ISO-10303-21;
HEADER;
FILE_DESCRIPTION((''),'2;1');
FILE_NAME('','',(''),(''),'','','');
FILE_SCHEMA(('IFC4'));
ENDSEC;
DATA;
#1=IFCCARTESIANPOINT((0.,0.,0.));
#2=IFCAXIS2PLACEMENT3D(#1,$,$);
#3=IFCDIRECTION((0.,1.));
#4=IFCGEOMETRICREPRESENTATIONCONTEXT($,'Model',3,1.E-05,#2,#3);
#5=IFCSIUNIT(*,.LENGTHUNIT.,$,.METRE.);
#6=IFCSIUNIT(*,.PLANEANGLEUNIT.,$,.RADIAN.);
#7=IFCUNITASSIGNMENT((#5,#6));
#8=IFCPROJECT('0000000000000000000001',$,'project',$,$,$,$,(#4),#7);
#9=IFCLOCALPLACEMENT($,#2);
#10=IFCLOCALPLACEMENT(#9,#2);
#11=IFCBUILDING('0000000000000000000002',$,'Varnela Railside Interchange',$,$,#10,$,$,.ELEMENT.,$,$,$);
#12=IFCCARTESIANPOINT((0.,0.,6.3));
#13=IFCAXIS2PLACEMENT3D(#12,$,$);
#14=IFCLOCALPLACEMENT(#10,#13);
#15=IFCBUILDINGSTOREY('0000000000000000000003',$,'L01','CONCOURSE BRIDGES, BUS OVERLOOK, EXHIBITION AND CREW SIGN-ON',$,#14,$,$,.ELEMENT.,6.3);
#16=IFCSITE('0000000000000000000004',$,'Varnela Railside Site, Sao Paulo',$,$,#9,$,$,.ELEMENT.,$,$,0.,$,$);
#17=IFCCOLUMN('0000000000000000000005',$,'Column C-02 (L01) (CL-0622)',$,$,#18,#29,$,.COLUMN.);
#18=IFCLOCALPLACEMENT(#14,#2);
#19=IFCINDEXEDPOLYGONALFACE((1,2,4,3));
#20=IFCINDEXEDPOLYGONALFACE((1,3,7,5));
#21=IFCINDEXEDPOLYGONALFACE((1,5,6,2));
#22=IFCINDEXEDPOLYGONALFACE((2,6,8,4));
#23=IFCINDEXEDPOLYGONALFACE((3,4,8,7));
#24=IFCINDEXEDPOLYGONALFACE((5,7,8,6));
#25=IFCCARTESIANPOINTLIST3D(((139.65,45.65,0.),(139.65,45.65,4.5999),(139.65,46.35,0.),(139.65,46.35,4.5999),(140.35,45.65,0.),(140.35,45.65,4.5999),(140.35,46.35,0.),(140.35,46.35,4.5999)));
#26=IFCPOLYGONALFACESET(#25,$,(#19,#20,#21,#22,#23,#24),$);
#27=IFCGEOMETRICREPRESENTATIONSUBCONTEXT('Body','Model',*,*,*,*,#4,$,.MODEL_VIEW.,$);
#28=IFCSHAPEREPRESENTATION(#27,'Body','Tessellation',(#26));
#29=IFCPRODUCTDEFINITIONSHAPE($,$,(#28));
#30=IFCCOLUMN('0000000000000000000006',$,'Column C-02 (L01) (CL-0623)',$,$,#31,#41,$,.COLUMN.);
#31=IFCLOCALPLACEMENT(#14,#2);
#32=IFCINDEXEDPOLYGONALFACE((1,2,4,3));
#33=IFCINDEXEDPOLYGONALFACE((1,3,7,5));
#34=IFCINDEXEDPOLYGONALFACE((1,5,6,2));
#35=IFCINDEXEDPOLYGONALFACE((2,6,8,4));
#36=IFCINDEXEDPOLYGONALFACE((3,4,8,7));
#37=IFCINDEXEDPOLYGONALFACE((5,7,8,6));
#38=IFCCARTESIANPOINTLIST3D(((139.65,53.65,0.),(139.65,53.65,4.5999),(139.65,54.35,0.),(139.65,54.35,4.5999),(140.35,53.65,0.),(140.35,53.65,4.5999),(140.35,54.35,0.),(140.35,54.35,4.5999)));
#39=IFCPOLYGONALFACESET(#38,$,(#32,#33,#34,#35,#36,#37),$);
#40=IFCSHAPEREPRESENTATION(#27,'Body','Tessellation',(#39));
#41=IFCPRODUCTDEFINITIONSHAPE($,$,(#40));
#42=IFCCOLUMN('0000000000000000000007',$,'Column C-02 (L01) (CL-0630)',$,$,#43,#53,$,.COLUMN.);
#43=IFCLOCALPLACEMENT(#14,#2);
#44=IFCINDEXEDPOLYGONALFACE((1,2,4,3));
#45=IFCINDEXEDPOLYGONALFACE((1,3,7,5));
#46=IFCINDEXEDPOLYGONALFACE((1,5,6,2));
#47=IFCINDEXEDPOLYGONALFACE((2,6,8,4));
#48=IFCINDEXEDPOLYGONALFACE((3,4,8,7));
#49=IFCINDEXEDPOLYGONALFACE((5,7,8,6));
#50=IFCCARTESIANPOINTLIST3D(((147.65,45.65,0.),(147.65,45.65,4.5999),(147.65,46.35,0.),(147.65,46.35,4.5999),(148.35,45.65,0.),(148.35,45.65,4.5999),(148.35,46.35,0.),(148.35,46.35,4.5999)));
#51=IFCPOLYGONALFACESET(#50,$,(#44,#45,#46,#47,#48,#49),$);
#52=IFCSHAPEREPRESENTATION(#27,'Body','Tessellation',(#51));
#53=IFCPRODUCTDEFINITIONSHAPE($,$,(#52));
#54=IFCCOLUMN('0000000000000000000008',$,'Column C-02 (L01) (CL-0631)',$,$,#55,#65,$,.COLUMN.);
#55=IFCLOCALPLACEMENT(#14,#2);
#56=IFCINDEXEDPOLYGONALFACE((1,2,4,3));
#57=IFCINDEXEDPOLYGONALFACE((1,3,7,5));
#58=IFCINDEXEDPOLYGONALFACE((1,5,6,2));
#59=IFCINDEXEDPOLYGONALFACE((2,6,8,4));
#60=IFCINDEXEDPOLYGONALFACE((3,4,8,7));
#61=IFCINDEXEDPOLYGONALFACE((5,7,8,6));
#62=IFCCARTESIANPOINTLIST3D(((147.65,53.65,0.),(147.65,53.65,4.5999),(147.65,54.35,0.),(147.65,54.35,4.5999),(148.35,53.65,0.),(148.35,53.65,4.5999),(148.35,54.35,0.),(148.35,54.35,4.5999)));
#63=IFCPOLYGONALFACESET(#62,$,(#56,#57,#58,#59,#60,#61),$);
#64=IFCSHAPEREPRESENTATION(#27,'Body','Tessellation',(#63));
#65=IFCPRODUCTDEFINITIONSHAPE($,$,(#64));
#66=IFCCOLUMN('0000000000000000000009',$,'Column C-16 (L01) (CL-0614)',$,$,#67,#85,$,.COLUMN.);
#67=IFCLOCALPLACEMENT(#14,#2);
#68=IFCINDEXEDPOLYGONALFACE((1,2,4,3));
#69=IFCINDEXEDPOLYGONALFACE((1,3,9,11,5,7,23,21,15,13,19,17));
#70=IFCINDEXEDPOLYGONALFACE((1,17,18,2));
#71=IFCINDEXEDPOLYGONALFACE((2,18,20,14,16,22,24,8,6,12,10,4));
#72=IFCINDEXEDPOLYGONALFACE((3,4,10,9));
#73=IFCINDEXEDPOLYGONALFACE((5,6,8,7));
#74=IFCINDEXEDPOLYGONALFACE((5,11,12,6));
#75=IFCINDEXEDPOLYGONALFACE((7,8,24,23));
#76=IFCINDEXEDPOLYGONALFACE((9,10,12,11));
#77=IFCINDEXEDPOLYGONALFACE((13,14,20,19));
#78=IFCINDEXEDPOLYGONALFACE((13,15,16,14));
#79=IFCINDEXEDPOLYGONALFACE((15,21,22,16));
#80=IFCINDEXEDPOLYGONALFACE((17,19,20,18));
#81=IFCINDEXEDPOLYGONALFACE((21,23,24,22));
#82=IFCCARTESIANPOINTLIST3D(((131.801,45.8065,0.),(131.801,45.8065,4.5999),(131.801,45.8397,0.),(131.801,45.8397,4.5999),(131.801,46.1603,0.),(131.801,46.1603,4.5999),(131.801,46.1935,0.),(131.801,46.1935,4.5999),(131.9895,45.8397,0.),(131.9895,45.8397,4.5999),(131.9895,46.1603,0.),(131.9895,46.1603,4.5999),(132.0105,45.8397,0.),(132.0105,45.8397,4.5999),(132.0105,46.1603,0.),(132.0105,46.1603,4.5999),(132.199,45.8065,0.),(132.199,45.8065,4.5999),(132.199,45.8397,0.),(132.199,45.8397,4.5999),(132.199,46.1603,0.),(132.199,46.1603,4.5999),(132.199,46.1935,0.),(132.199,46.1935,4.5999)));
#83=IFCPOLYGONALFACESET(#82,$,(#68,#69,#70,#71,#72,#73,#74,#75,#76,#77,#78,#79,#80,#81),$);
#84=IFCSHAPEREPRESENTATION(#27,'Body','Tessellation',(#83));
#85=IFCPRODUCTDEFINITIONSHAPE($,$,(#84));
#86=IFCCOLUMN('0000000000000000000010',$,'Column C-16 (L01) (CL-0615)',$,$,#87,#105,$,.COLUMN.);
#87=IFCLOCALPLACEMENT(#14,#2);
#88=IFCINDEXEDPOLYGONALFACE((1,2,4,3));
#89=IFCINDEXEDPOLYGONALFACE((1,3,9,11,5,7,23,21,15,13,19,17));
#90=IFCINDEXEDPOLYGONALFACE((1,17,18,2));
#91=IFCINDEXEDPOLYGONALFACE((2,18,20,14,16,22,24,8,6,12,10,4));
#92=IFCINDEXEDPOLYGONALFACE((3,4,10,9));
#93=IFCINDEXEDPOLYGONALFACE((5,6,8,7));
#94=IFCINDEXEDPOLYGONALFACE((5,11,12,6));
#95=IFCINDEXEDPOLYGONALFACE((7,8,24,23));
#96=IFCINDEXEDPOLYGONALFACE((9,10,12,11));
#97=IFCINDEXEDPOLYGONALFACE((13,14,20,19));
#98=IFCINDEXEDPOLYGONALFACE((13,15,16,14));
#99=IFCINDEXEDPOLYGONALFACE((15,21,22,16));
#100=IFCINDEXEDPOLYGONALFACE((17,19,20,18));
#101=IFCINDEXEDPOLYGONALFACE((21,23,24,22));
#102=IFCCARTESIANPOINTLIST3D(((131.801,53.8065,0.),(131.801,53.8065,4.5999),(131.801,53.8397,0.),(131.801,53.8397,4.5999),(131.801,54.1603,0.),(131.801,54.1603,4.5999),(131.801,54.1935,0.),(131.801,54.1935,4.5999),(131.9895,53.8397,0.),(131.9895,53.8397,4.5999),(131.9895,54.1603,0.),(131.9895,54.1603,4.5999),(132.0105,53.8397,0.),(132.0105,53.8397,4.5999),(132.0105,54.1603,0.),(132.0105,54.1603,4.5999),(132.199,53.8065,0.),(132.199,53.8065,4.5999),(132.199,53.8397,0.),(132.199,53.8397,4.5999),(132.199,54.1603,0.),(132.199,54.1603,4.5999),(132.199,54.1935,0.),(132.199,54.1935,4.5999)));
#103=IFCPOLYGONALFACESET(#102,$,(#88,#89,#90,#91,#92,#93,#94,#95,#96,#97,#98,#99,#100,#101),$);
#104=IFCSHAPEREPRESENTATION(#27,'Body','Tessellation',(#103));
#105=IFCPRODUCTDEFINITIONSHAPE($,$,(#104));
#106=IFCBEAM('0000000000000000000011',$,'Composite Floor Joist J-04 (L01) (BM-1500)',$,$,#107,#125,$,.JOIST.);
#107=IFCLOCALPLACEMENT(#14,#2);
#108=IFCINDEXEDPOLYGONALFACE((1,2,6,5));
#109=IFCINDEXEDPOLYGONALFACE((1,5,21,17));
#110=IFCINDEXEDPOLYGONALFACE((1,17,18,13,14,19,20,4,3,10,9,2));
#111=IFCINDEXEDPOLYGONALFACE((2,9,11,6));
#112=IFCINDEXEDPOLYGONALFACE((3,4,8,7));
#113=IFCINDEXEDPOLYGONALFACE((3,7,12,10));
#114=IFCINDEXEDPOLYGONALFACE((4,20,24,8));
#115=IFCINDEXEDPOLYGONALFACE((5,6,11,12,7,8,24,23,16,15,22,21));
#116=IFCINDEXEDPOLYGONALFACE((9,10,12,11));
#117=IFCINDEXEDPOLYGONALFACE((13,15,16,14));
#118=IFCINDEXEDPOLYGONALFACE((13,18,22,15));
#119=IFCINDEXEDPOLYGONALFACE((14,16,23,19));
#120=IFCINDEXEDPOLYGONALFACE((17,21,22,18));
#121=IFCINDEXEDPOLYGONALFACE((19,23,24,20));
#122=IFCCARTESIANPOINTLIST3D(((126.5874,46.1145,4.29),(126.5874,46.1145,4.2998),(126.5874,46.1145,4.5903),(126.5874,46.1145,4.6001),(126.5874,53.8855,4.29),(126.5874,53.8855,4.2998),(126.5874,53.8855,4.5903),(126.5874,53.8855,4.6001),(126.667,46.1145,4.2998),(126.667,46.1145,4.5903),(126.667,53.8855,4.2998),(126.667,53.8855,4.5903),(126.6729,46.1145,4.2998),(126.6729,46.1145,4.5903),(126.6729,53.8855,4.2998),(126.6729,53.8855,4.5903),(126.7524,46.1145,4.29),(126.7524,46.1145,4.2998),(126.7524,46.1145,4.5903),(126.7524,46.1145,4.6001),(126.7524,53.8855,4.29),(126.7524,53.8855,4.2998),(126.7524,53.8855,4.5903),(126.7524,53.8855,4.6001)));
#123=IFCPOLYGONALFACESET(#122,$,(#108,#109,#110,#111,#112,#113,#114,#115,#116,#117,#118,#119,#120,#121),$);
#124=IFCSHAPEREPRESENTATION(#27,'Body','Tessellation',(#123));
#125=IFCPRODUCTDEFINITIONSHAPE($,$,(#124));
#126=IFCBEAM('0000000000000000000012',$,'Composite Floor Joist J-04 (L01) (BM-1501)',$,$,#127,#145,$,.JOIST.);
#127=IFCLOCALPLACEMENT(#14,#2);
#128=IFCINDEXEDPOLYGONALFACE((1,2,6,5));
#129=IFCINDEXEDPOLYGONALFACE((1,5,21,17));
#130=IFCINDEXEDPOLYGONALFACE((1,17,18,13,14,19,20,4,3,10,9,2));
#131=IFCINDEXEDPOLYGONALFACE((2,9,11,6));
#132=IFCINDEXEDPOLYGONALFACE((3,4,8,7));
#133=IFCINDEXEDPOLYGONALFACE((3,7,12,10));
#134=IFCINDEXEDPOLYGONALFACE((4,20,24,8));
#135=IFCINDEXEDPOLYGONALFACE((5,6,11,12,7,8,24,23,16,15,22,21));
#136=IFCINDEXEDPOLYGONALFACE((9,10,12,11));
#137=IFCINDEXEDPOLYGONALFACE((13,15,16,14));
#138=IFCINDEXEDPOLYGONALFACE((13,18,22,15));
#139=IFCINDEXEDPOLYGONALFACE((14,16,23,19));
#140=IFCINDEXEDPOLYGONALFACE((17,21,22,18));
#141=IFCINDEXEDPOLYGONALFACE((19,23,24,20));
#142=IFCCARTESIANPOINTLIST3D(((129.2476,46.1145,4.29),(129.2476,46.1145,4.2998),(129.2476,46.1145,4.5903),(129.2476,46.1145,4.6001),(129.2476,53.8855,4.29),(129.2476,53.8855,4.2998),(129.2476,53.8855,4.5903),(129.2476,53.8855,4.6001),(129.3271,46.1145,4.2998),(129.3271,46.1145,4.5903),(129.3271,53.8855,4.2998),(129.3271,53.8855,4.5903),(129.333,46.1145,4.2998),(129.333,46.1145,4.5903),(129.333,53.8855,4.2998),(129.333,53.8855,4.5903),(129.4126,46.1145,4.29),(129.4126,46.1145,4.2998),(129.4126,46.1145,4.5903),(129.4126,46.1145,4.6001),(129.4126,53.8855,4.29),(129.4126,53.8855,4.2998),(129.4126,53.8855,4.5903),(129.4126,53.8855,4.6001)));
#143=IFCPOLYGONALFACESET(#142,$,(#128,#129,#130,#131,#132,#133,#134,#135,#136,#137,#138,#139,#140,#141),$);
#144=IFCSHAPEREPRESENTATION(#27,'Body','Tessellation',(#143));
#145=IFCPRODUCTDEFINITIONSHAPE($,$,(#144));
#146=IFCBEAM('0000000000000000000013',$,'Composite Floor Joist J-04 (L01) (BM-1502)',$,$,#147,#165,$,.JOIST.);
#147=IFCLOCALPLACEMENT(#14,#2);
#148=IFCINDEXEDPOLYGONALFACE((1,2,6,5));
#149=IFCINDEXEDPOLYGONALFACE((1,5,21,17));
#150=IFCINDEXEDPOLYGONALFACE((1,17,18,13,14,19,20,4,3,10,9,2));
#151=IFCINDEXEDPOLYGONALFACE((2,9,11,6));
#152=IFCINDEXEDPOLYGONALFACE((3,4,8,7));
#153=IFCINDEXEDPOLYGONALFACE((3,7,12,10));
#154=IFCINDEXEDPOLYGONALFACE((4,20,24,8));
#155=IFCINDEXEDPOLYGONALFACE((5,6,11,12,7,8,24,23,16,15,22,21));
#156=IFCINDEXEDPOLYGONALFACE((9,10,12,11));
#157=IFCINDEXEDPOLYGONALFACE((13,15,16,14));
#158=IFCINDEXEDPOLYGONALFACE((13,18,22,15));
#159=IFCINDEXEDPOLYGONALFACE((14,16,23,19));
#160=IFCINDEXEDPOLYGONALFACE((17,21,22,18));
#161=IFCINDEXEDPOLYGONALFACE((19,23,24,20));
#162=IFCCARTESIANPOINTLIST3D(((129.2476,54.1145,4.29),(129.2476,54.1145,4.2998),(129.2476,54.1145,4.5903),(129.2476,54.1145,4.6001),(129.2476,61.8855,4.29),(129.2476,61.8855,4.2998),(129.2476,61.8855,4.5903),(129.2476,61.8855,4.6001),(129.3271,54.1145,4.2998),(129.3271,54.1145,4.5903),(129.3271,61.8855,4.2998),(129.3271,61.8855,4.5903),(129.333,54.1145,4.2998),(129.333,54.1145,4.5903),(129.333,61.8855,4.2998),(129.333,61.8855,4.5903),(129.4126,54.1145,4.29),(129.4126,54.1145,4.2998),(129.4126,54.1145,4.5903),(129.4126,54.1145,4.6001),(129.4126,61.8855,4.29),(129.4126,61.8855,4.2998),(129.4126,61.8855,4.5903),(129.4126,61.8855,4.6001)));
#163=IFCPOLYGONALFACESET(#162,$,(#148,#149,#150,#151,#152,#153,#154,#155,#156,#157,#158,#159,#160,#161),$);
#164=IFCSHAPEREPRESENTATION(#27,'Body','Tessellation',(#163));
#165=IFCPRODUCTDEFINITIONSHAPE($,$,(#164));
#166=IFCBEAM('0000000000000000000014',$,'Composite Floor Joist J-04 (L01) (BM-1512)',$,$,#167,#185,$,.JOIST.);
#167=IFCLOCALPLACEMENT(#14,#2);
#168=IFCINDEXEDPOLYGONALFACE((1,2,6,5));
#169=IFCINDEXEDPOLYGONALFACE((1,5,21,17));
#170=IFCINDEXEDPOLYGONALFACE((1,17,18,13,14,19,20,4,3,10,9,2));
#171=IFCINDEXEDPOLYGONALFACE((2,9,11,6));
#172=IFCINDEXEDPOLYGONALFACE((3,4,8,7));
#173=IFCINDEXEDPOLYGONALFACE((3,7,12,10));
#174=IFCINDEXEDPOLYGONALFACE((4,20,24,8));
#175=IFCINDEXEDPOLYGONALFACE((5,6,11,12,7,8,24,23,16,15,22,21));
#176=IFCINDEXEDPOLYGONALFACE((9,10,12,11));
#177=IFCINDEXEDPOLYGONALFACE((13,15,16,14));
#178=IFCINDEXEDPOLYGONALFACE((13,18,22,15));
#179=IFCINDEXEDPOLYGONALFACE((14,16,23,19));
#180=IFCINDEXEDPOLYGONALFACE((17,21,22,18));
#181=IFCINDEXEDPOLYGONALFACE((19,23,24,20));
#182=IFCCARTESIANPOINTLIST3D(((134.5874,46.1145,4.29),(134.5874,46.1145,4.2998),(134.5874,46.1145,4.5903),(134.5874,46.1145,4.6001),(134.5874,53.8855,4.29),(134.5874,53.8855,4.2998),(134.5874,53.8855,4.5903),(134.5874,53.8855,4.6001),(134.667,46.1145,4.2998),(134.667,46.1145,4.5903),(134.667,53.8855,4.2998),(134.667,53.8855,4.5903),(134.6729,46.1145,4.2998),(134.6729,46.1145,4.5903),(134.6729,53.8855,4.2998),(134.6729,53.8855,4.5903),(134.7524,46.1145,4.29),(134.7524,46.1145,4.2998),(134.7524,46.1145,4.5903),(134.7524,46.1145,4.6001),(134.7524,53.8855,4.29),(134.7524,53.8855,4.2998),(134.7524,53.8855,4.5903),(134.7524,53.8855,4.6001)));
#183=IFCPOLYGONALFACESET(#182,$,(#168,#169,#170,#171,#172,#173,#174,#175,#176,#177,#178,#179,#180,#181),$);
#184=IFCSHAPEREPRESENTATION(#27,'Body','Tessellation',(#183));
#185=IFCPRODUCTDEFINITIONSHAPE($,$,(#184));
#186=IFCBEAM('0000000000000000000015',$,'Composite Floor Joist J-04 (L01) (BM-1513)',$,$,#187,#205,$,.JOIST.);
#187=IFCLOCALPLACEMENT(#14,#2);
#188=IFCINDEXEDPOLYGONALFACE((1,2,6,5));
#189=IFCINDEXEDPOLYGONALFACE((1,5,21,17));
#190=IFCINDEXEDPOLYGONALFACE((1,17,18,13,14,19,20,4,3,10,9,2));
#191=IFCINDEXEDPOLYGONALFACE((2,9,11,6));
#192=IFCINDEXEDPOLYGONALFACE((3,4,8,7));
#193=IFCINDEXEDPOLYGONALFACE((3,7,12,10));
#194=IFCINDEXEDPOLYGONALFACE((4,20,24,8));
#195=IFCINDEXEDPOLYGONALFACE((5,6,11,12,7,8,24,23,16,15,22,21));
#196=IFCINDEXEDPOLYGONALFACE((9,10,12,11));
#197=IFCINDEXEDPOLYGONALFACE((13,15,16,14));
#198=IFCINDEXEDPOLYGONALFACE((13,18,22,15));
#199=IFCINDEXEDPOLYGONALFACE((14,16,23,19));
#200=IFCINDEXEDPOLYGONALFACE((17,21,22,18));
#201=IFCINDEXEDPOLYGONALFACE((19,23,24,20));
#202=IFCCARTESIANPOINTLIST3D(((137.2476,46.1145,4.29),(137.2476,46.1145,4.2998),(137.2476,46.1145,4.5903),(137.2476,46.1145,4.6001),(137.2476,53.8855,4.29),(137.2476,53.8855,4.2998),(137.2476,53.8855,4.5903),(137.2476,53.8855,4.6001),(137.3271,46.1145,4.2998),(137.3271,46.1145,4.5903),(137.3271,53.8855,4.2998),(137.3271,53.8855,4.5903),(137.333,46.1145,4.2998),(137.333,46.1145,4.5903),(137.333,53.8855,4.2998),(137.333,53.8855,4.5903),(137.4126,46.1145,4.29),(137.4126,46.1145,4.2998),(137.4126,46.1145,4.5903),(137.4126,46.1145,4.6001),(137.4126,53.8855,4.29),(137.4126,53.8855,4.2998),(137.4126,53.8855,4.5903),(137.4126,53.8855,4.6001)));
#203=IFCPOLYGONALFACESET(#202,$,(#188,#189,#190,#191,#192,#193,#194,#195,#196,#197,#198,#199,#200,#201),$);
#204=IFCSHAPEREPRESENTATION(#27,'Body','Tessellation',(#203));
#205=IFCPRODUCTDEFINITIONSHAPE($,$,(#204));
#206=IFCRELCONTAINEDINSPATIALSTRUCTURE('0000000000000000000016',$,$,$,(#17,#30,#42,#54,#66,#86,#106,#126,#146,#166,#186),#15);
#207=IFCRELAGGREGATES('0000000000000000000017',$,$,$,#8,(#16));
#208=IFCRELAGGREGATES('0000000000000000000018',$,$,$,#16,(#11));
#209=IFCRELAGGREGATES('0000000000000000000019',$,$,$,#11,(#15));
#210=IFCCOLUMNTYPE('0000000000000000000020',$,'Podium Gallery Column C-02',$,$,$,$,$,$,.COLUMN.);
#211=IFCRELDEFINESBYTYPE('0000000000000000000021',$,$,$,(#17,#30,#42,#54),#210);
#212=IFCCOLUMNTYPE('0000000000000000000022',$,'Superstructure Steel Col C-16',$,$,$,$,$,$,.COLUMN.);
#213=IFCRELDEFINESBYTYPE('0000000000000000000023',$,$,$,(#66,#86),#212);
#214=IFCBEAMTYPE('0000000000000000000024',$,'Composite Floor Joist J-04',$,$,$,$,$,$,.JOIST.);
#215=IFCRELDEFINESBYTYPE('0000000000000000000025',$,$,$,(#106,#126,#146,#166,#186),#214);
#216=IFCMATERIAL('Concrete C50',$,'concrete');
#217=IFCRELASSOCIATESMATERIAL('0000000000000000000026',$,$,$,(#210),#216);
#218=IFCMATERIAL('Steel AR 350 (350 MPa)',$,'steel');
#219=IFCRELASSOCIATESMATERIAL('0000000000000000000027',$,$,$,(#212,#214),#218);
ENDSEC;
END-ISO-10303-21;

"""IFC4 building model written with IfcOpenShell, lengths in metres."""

from ifc_helpers import new_model, si_unit, direction, frame, origin, origin_2d, place, context, subcontext, project, spatial, rectangle, i_section, extrude, material, material_profile, profile_set, type_object, element, save


model = new_model("IFC4")

# Units and contexts
model_context = context("Model", 3, precision=1e-05, world=origin(), true_north=direction((0.0, 1.0)))
body_context = subcontext(model_context, "Body", "Model", "MODEL_VIEW")
ifc_project = project(units=[si_unit("LENGTHUNIT", "METRE"), si_unit("PLANEANGLEUNIT", "RADIAN")], contexts=[model_context])

# Site, building, storey
site_placement = place(None, origin())
site = spatial("IfcSite", under=ifc_project, at=site_placement, Name="Varnela Railside Site, Sao Paulo", CompositionType="ELEMENT", RefElevation=0.0)
building_placement = place(site_placement, origin())
building = spatial("IfcBuilding", under=site, at=building_placement, Name="Varnela Railside Interchange", CompositionType="ELEMENT")
storey_placement = place(building_placement, frame((0.0, 0.0, 6.3)))
storey = spatial("IfcBuildingStorey", under=building, at=storey_placement, Name="L01", Description="CONCOURSE BRIDGES, BUS OVERLOOK, EXHIBITION AND CREW SIGN-ON", CompositionType="ELEMENT", Elevation=6.3)

# Columns
ifc_material_1 = material(Name="Concrete C50", Category="concrete")
ifc_material_profile_1 = material_profile(ifc_material_1, rectangle(XDim=0.7, YDim=0.7, at=origin_2d()), Name="RC 700x700")
ifc_profile_set_1 = profile_set([ifc_material_profile_1], Name="Concrete C50")
column_type_1 = type_object("IfcColumnType", Name="Podium Gallery Column C-02", PredefinedType="COLUMN", material=ifc_profile_set_1)
for number, where, z_axis, x_axis, name in (
    (1, (140.0, 46.0, 0.0), (0.0, 0.0, 1.0), (1.0, 0.0, 0.0), "Column C-02 (L01) (CL-0622)"),
    (2, (140.0, 54.0, 0.0), (0.0, 0.0, 1.0), (1.0, 0.0, 0.0), "Column C-02 (L01) (CL-0623)"),
    (3, (148.0, 46.0, 0.0), (0.0, 0.0, 1.0), (1.0, 0.0, 0.0), "Column C-02 (L01) (CL-0630)"),
    (4, (148.0, 54.0, 0.0), (0.0, 0.0, 1.0), (1.0, 0.0, 0.0), "Column C-02 (L01) (CL-0631)"),
):
    element("IfcColumn", number, at=place(storey_placement, frame(where, z_axis=z_axis, x_axis=x_axis)), inside=storey, type_object=column_type_1, Name=name, PredefinedType="COLUMN", context=body_context, shape_type="SweptSolid", body=[
        extrude(rectangle(XDim=0.7, YDim=0.7, at=origin_2d()), origin(), (0.0, 0.0, 1.0), 4.5999),
    ])
ifc_material_2 = material(Name="Steel AR 350 (350 MPa)", Category="steel")
ifc_material_profile_2 = material_profile(ifc_material_2, i_section(OverallWidth=0.3979, OverallDepth=0.387, WebThickness=0.021, FlangeThickness=0.0332, at=origin_2d()), Name="W360x262")
ifc_profile_set_2 = profile_set([ifc_material_profile_2], Name="Steel AR 350 (350 MPa)")
column_type_2 = type_object("IfcColumnType", Name="Superstructure Steel Col C-16", PredefinedType="COLUMN", material=ifc_profile_set_2)
for number, where, z_axis, x_axis, name in (
    (5, (132.0, 46.0, 0.0), (0.0, 0.0, 1.0), (1.0, 0.0, 0.0), "Column C-16 (L01) (CL-0614)"),
    (6, (132.0, 54.0, 0.0), (0.0, 0.0, 1.0), (1.0, 0.0, 0.0), "Column C-16 (L01) (CL-0615)"),
):
    element("IfcColumn", number, at=place(storey_placement, frame(where, z_axis=z_axis, x_axis=x_axis)), inside=storey, type_object=column_type_2, Name=name, PredefinedType="COLUMN", context=body_context, shape_type="SweptSolid", body=[
        extrude(i_section(OverallWidth=0.3979, OverallDepth=0.387, WebThickness=0.021, FlangeThickness=0.0332, at=origin_2d()), origin(), (0.0, 0.0, 1.0), 4.5999),
    ])

# Beams
ifc_material_profile_3 = material_profile(ifc_material_2, i_section(OverallWidth=0.165, OverallDepth=0.3101, WebThickness=0.0059, FlangeThickness=0.0098, at=origin_2d()), Name="W310x38.7")
ifc_profile_set_3 = profile_set([ifc_material_profile_3], Name="Steel AR 350 (350 MPa)")
beam_type_1 = type_object("IfcBeamType", Name="Composite Floor Joist J-04", PredefinedType="JOIST", material=ifc_profile_set_3)
for number, where, z_axis, x_axis, name in (
    (7, (126.6699, 46.1145, 4.4451), (0.0, 1.0, 0.0), (-1.0, 0.0, 0.0), "Composite Floor Joist J-04 (L01) (BM-1500)"),
    (8, (129.3301, 46.1145, 4.4451), (0.0, 1.0, 0.0), (-1.0, 0.0, 0.0), "Composite Floor Joist J-04 (L01) (BM-1501)"),
    (9, (129.3301, 54.1145, 4.4451), (0.0, 1.0, 0.0), (-1.0, 0.0, 0.0), "Composite Floor Joist J-04 (L01) (BM-1502)"),
    (10, (134.6699, 46.1145, 4.4451), (0.0, 1.0, 0.0), (-1.0, 0.0, 0.0), "Composite Floor Joist J-04 (L01) (BM-1512)"),
    (11, (137.3301, 46.1145, 4.4451), (0.0, 1.0, 0.0), (-1.0, 0.0, 0.0), "Composite Floor Joist J-04 (L01) (BM-1513)"),
):
    element("IfcBeam", number, at=place(storey_placement, frame(where, z_axis=z_axis, x_axis=x_axis)), inside=storey, type_object=beam_type_1, Name=name, PredefinedType="JOIST", context=body_context, shape_type="SweptSolid", body=[
        extrude(i_section(OverallWidth=0.165, OverallDepth=0.3101, WebThickness=0.0059, FlangeThickness=0.0098, at=origin_2d()), origin(), (0.0, 0.0, 1.0), 7.771),
    ])

save(model, "model.ifc")
